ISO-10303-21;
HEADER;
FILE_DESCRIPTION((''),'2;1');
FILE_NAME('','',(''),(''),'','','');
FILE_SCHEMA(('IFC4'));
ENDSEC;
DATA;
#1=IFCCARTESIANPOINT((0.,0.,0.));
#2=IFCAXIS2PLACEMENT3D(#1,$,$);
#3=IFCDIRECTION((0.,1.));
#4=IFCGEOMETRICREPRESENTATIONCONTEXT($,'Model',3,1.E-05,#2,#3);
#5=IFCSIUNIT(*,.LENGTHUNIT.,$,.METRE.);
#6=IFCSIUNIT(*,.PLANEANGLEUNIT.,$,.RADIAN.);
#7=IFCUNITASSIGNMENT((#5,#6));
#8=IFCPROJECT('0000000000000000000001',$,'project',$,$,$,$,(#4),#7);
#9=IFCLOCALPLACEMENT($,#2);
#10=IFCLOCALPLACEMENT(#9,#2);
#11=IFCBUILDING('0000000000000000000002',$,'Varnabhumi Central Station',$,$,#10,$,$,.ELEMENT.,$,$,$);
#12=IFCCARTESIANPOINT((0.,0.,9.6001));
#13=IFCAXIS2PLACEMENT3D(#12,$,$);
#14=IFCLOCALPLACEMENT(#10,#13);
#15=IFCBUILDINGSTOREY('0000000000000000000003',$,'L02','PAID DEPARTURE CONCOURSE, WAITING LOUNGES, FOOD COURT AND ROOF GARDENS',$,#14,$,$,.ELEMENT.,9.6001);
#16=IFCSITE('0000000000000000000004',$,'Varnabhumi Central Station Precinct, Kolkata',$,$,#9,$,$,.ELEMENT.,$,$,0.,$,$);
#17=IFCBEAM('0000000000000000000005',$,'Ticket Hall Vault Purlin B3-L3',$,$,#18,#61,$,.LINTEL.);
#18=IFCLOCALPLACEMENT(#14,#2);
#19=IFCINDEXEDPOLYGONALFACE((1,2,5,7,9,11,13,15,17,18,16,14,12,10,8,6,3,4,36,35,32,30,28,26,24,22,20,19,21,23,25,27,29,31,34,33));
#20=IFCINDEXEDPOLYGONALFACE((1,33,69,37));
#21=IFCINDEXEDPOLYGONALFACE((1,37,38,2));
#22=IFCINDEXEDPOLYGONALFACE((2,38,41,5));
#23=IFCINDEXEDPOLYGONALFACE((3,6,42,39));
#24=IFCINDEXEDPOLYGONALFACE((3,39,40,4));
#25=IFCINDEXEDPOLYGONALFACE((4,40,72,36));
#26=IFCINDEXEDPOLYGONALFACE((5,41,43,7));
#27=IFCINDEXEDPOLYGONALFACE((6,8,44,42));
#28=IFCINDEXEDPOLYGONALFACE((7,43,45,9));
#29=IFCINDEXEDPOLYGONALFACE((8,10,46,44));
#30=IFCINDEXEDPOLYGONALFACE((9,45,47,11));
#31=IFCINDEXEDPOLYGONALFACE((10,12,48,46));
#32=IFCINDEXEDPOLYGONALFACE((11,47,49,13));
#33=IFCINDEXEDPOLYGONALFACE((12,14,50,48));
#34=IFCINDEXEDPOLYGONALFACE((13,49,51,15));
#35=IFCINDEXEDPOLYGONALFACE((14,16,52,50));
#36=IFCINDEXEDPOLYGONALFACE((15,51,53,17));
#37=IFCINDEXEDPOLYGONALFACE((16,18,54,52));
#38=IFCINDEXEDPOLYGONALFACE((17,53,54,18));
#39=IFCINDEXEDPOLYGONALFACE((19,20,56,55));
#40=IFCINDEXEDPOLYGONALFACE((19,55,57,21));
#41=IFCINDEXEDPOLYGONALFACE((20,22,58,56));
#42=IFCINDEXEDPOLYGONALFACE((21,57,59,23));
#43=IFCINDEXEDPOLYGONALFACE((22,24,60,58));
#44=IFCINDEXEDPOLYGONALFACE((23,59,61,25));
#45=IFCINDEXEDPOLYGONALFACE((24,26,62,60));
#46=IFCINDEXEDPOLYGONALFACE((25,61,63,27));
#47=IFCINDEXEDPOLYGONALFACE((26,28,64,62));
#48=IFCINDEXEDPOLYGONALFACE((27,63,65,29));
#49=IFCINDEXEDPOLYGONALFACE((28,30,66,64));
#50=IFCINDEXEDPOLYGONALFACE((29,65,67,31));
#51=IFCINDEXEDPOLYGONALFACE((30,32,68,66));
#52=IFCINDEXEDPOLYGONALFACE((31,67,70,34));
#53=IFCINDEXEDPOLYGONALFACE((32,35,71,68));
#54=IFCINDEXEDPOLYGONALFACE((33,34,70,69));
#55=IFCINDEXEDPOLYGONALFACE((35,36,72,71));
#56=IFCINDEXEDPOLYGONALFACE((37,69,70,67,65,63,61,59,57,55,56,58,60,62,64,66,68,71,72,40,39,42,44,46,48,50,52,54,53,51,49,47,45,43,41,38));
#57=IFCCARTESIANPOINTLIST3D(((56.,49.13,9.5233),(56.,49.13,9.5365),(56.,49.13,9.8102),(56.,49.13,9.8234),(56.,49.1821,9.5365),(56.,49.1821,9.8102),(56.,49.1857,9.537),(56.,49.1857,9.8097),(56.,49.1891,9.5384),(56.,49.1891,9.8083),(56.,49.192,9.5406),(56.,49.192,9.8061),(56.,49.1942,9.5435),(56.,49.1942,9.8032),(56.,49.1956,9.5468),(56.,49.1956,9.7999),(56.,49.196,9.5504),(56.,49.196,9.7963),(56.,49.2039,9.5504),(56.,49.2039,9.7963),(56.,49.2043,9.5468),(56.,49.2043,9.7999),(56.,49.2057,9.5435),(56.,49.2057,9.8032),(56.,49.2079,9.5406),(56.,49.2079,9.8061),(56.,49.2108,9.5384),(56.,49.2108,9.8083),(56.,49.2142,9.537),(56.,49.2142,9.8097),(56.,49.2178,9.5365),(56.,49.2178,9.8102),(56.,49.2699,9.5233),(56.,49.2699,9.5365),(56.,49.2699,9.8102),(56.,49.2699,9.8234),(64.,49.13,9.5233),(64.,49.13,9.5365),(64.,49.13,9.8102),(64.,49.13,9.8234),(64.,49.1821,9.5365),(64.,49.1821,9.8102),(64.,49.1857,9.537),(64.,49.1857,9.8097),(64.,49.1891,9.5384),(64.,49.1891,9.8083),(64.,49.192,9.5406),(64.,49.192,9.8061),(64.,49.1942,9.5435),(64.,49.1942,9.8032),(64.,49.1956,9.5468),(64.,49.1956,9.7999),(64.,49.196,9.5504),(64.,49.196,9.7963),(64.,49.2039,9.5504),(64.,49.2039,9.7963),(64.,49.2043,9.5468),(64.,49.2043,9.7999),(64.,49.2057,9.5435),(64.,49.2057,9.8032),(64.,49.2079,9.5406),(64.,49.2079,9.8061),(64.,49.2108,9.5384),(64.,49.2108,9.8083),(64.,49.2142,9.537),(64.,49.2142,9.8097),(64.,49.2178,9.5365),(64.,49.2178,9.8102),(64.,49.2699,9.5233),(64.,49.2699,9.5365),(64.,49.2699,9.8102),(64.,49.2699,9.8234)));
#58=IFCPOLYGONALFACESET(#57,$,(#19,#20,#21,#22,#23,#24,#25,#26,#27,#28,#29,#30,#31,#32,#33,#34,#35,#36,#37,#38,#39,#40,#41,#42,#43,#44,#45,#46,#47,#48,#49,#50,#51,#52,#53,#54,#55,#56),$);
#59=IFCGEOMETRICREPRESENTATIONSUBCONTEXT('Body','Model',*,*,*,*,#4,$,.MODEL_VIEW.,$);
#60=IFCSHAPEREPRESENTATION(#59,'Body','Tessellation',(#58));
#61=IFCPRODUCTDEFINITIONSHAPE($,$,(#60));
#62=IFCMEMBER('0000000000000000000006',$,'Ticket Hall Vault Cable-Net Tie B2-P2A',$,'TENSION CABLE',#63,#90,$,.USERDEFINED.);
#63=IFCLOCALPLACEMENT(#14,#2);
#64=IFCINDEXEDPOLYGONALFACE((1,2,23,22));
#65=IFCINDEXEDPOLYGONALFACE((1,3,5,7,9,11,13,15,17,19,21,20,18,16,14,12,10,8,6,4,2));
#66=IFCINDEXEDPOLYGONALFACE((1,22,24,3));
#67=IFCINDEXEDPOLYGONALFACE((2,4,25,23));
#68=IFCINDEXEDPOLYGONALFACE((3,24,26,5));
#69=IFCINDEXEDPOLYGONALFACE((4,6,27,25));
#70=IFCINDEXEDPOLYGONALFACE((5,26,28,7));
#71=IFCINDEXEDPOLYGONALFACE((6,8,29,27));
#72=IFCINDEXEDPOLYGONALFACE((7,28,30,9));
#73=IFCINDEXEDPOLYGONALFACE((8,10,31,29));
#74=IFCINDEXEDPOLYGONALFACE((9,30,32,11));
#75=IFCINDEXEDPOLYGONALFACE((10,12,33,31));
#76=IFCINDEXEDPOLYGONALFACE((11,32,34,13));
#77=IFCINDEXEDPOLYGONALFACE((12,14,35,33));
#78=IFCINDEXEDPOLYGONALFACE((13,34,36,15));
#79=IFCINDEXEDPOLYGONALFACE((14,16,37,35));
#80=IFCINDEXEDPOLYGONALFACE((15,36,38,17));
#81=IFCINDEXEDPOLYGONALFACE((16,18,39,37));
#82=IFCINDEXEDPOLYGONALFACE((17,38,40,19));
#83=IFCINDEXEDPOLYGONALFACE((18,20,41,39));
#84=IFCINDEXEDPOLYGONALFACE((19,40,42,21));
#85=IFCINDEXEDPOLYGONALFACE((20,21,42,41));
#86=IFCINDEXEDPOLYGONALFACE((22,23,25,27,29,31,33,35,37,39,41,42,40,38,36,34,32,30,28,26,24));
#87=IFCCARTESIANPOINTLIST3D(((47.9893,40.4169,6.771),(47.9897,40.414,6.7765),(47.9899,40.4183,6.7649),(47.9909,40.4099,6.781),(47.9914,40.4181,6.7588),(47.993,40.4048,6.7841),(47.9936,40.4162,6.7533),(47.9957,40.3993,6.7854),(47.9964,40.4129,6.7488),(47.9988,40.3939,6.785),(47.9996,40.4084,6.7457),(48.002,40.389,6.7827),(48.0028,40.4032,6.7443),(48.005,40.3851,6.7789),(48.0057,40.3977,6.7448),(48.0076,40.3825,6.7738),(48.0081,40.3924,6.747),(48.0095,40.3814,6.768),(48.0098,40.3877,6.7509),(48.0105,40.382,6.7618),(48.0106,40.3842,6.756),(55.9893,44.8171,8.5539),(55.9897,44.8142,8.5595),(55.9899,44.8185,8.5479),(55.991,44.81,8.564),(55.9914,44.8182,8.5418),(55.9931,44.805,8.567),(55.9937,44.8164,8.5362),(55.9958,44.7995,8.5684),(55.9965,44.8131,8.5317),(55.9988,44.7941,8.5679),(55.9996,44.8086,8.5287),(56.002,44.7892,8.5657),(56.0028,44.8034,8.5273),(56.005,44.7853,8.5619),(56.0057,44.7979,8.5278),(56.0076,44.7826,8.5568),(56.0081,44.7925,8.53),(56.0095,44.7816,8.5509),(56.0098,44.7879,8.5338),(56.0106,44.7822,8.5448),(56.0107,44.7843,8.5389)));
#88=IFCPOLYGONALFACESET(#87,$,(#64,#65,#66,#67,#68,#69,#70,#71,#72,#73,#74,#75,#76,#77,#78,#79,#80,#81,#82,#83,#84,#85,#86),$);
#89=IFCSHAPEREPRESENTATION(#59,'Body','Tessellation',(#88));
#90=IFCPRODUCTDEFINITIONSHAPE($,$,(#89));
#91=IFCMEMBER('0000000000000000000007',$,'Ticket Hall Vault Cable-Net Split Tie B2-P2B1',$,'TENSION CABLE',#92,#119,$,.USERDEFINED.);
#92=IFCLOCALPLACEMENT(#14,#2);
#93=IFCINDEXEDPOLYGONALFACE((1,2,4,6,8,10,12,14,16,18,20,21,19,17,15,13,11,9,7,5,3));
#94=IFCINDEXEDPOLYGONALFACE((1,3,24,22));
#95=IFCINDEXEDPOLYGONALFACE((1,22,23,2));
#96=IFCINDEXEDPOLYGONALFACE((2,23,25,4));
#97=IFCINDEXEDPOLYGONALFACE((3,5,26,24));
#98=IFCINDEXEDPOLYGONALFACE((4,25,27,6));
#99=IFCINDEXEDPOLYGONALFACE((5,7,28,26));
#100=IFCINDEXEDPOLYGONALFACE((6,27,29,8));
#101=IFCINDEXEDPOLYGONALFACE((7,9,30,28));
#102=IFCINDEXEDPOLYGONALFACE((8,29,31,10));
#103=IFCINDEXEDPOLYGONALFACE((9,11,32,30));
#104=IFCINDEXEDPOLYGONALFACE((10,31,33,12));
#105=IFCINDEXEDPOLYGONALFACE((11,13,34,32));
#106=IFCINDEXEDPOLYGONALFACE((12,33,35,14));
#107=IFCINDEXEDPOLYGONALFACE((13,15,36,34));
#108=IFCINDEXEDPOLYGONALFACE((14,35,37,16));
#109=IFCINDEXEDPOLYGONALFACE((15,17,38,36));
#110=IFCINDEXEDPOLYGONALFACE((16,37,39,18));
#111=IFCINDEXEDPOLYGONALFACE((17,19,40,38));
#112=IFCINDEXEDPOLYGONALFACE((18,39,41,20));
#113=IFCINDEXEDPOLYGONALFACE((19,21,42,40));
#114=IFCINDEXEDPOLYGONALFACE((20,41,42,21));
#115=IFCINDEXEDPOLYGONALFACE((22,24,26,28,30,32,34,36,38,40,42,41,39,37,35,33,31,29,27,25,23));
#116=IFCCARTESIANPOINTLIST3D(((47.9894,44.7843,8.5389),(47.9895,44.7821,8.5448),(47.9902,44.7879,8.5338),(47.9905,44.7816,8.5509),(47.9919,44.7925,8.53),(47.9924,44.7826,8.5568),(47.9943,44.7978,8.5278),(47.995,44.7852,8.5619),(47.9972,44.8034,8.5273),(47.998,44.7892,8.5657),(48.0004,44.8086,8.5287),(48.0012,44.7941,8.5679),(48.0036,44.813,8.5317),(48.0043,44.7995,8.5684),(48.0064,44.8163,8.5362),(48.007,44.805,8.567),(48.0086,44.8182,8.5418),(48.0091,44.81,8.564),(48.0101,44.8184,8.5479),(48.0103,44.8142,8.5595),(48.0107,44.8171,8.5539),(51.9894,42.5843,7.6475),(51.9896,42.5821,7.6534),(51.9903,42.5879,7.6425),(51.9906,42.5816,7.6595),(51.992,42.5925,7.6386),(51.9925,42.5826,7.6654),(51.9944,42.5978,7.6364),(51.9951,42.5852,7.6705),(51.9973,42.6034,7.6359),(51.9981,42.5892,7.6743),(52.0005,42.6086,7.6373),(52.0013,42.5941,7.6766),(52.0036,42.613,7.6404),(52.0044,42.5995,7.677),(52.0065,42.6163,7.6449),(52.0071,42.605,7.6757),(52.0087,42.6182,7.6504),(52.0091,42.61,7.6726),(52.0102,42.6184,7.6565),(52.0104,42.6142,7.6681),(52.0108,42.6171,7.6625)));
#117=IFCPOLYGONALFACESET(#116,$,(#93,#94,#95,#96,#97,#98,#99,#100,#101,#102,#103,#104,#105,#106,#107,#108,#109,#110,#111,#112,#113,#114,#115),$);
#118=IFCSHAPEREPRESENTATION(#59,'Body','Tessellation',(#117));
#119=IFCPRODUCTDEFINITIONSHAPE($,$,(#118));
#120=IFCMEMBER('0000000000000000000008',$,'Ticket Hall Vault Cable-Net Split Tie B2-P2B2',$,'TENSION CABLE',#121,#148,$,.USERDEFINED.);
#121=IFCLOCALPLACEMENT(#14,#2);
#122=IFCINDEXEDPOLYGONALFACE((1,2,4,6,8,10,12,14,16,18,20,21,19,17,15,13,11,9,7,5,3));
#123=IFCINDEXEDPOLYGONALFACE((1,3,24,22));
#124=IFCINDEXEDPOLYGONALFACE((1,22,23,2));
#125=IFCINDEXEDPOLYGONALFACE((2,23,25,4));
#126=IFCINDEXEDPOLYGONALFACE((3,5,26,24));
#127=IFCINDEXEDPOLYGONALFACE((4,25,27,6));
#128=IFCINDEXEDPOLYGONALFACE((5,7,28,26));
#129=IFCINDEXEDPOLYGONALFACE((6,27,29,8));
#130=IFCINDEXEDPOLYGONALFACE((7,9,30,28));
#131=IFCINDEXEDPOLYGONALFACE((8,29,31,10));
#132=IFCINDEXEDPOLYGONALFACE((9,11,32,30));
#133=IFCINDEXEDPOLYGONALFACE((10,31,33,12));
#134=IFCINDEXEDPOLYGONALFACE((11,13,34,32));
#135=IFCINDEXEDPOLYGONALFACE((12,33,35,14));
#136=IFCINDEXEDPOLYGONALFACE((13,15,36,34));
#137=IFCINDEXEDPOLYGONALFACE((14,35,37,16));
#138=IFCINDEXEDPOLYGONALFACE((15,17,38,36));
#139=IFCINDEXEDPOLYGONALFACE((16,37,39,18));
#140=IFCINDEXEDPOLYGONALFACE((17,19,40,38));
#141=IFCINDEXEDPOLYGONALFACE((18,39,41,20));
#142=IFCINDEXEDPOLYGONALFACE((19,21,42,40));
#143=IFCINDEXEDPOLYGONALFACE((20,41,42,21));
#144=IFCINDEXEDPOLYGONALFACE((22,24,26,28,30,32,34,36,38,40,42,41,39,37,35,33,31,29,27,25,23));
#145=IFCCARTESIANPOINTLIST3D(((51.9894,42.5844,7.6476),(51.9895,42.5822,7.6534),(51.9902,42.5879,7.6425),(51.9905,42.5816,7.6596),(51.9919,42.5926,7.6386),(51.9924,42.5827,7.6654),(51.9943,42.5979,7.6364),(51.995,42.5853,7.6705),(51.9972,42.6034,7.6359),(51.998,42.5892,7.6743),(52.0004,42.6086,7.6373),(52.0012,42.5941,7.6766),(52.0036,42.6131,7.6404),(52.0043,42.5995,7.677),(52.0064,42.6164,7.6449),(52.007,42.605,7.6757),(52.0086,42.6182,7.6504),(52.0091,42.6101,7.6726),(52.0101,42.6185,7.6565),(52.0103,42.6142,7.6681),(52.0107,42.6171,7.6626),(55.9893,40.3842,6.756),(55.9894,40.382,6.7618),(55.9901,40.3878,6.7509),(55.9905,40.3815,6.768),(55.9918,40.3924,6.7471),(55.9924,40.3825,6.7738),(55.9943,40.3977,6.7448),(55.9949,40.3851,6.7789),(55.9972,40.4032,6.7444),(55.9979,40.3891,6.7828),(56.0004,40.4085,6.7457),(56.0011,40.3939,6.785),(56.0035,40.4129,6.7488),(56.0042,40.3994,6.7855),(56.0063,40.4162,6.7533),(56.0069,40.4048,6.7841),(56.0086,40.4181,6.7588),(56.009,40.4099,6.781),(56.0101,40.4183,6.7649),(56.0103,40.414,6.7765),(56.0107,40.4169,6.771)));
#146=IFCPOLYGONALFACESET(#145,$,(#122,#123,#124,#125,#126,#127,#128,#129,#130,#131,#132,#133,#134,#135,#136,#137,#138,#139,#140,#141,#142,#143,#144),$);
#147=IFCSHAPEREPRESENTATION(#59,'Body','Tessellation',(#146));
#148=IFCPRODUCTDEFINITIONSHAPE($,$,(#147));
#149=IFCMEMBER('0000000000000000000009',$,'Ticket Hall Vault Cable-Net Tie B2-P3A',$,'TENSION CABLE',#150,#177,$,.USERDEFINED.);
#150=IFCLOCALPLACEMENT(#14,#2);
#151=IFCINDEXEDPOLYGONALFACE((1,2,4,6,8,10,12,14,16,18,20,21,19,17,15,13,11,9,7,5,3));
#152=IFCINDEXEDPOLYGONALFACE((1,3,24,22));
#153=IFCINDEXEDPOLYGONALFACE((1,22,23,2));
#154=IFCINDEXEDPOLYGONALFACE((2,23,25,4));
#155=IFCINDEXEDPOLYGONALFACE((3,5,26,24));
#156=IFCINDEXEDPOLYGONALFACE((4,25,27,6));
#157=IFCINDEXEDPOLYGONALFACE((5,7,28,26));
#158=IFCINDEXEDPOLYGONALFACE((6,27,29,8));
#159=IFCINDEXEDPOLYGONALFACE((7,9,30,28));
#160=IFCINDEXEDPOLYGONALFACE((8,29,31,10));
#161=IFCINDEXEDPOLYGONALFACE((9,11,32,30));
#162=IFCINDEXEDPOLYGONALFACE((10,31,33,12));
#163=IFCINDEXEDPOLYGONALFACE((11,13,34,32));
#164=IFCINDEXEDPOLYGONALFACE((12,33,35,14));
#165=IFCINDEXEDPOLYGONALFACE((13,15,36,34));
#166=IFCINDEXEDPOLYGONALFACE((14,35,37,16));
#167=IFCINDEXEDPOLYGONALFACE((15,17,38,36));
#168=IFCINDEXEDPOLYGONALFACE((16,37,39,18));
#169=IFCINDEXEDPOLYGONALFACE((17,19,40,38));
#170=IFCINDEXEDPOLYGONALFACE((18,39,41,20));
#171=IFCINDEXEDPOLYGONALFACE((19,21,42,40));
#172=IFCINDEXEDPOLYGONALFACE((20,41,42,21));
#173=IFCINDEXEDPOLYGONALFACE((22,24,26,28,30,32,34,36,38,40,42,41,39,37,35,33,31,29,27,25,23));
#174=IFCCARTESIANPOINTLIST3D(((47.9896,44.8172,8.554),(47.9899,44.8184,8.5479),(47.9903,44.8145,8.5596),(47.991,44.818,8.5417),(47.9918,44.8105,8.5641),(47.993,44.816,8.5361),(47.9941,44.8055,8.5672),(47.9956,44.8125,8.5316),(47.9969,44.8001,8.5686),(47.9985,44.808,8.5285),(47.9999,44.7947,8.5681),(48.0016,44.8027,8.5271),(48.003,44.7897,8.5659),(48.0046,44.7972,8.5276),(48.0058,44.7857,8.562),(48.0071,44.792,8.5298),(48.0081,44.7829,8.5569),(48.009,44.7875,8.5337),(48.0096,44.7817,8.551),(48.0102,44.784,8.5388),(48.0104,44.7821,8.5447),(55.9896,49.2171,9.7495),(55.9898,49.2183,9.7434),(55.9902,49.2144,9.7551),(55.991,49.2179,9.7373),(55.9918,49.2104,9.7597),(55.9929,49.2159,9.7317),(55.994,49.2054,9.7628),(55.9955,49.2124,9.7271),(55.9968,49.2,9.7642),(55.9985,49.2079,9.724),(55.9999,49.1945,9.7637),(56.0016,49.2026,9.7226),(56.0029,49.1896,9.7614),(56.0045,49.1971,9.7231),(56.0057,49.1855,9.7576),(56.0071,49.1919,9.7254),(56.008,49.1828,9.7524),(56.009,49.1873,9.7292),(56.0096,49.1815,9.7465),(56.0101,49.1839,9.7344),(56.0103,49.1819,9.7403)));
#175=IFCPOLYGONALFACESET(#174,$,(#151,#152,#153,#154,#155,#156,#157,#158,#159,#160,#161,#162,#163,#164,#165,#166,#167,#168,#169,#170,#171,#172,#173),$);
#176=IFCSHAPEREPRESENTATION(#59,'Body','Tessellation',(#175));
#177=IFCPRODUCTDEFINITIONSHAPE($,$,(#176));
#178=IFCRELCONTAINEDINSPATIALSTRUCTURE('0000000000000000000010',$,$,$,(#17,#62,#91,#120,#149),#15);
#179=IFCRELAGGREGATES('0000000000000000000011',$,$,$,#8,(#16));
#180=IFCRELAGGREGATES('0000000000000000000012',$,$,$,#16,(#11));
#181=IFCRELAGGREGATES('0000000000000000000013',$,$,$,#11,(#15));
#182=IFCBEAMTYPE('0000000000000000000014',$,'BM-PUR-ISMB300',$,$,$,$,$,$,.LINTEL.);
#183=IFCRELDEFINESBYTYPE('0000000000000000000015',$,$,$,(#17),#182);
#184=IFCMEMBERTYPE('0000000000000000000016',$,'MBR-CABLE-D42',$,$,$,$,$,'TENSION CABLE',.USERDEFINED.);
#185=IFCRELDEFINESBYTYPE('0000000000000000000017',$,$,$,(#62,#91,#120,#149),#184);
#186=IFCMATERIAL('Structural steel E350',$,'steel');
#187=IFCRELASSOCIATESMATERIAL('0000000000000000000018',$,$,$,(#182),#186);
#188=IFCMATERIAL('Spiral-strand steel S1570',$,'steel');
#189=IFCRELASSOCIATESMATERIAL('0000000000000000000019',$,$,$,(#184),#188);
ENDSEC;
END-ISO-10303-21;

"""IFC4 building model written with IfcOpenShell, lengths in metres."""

from ifc_helpers import new_model, si_unit, direction, frame, origin, origin_2d, place, context, subcontext, project, spatial, circle, i_section, extrude, material, material_profile, profile_set, type_object, element, save


model = new_model("IFC4")

# Units and contexts
model_context = context("Model", 3, precision=1e-05, world=origin(), true_north=direction((0.0, 1.0)))
body_context = subcontext(model_context, "Body", "Model", "MODEL_VIEW")
ifc_project = project(units=[si_unit("LENGTHUNIT", "METRE"), si_unit("PLANEANGLEUNIT", "RADIAN")], contexts=[model_context])

# Site, building, storey
site_placement = place(None, origin())
site = spatial("IfcSite", under=ifc_project, at=site_placement, Name="Varnabhumi Central Station Precinct, Kolkata", CompositionType="ELEMENT", RefElevation=0.0)
building_placement = place(site_placement, origin())
building = spatial("IfcBuilding", under=site, at=building_placement, Name="Varnabhumi Central Station", CompositionType="ELEMENT")
storey_placement = place(building_placement, frame((0.0, 0.0, 9.6001)))
storey = spatial("IfcBuildingStorey", under=building, at=storey_placement, Name="L02", Description="PAID DEPARTURE CONCOURSE, WAITING LOUNGES, FOOD COURT AND ROOF GARDENS", CompositionType="ELEMENT", Elevation=9.6001)

# Beam
ifc_material_1 = material(Name="Structural steel E350", Category="steel")
ifc_material_profile_1 = material_profile(ifc_material_1, i_section(OverallWidth=0.1399, OverallDepth=0.3, WebThickness=0.0078, FlangeThickness=0.0132, FilletRadius=0.0139, at=origin_2d()), Name="Structural steel E350", Category="steel")
ifc_profile_set_1 = profile_set([ifc_material_profile_1], Name="Structural steel E350")
beam_type_1 = type_object("IfcBeamType", Name="BM-PUR-ISMB300", PredefinedType="LINTEL", material=ifc_profile_set_1)
for number, where, z_axis, x_axis, name in (
    (1, (56.0, 49.2, 9.6733), (1.0, 0.0, 0.0), (0.0, 1.0, 0.0), "Ticket Hall Vault Purlin B3-L3"),
):
    element("IfcBeam", number, at=place(storey_placement, frame(where, z_axis=z_axis, x_axis=x_axis)), inside=storey, type_object=beam_type_1, Name=name, PredefinedType="LINTEL", context=body_context, shape_type="SweptSolid", body=[
        extrude(i_section(OverallWidth=0.1399, OverallDepth=0.3, WebThickness=0.0078, FlangeThickness=0.0132, FilletRadius=0.0139, at=origin_2d()), origin(), (0.0, 0.0, 1.0), 8.0),
    ])

# Members
ifc_material_2 = material(Name="Spiral-strand steel S1570", Category="steel")
ifc_material_profile_2 = material_profile(ifc_material_2, circle(Radius=0.021, at=origin_2d()), Name="Spiral-strand steel S1570", Category="steel")
ifc_profile_set_2 = profile_set([ifc_material_profile_2], Name="Spiral-strand steel S1570")
member_type = type_object("IfcMemberType", Name="MBR-CABLE-D42", ElementType="TENSION CABLE", PredefinedType="USERDEFINED", material=ifc_profile_set_2)
member_1_placement = place(storey_placement, frame((48.0, 40.3999, 6.7649), z_axis=(0.859965, 0.472997, 0.19166), x_axis=(-0.481931, 0.876209, 0.0)))
element("IfcMember", 2, at=member_1_placement, inside=storey, type_object=member_type, Name="Ticket Hall Vault Cable-Net Tie B2-P2A", ObjectType="TENSION CABLE", PredefinedType="USERDEFINED", context=body_context, shape_type="SweptSolid", body=[
    extrude(circle(Radius=0.021, at=origin_2d()), origin(), (0.0, 0.0, 1.0), 9.3027),
])
for number, where, z_axis, x_axis, name in (
    (3, (48.0, 44.8, 8.5479), (0.85998, -0.472979, -0.191637), (0.481911, 0.87622, 0.0), "Ticket Hall Vault Cable-Net Split Tie B2-P2B1"),
    (4, (52.0, 42.6001, 7.6565), (0.85995, -0.473015, -0.191683), (0.481952, 0.876198, 0.0), "Ticket Hall Vault Cable-Net Split Tie B2-P2B2"),
):
    element("IfcMember", number, at=place(storey_placement, frame(where, z_axis=z_axis, x_axis=x_axis)), inside=storey, type_object=member_type, Name=name, ObjectType="TENSION CABLE", PredefinedType="USERDEFINED", context=body_context, shape_type="SweptSolid", body=[
        extrude(circle(Radius=0.021, at=origin_2d()), origin(), (0.0, 0.0, 1.0), 4.6514),
    ])
member_2_placement = place(storey_placement, frame((48.0, 44.8, 8.5479), z_axis=(0.868803, 0.477831, 0.129838), x_axis=(-0.481911, 0.87622, 0.0)))
element("IfcMember", 5, at=member_2_placement, inside=storey, type_object=member_type, Name="Ticket Hall Vault Cable-Net Tie B2-P3A", ObjectType="TENSION CABLE", PredefinedType="USERDEFINED", context=body_context, shape_type="SweptSolid", body=[
    extrude(circle(Radius=0.021, at=origin_2d()), origin(), (0.0, 0.0, 1.0), 9.208),
])

save(model, "model.ifc")
